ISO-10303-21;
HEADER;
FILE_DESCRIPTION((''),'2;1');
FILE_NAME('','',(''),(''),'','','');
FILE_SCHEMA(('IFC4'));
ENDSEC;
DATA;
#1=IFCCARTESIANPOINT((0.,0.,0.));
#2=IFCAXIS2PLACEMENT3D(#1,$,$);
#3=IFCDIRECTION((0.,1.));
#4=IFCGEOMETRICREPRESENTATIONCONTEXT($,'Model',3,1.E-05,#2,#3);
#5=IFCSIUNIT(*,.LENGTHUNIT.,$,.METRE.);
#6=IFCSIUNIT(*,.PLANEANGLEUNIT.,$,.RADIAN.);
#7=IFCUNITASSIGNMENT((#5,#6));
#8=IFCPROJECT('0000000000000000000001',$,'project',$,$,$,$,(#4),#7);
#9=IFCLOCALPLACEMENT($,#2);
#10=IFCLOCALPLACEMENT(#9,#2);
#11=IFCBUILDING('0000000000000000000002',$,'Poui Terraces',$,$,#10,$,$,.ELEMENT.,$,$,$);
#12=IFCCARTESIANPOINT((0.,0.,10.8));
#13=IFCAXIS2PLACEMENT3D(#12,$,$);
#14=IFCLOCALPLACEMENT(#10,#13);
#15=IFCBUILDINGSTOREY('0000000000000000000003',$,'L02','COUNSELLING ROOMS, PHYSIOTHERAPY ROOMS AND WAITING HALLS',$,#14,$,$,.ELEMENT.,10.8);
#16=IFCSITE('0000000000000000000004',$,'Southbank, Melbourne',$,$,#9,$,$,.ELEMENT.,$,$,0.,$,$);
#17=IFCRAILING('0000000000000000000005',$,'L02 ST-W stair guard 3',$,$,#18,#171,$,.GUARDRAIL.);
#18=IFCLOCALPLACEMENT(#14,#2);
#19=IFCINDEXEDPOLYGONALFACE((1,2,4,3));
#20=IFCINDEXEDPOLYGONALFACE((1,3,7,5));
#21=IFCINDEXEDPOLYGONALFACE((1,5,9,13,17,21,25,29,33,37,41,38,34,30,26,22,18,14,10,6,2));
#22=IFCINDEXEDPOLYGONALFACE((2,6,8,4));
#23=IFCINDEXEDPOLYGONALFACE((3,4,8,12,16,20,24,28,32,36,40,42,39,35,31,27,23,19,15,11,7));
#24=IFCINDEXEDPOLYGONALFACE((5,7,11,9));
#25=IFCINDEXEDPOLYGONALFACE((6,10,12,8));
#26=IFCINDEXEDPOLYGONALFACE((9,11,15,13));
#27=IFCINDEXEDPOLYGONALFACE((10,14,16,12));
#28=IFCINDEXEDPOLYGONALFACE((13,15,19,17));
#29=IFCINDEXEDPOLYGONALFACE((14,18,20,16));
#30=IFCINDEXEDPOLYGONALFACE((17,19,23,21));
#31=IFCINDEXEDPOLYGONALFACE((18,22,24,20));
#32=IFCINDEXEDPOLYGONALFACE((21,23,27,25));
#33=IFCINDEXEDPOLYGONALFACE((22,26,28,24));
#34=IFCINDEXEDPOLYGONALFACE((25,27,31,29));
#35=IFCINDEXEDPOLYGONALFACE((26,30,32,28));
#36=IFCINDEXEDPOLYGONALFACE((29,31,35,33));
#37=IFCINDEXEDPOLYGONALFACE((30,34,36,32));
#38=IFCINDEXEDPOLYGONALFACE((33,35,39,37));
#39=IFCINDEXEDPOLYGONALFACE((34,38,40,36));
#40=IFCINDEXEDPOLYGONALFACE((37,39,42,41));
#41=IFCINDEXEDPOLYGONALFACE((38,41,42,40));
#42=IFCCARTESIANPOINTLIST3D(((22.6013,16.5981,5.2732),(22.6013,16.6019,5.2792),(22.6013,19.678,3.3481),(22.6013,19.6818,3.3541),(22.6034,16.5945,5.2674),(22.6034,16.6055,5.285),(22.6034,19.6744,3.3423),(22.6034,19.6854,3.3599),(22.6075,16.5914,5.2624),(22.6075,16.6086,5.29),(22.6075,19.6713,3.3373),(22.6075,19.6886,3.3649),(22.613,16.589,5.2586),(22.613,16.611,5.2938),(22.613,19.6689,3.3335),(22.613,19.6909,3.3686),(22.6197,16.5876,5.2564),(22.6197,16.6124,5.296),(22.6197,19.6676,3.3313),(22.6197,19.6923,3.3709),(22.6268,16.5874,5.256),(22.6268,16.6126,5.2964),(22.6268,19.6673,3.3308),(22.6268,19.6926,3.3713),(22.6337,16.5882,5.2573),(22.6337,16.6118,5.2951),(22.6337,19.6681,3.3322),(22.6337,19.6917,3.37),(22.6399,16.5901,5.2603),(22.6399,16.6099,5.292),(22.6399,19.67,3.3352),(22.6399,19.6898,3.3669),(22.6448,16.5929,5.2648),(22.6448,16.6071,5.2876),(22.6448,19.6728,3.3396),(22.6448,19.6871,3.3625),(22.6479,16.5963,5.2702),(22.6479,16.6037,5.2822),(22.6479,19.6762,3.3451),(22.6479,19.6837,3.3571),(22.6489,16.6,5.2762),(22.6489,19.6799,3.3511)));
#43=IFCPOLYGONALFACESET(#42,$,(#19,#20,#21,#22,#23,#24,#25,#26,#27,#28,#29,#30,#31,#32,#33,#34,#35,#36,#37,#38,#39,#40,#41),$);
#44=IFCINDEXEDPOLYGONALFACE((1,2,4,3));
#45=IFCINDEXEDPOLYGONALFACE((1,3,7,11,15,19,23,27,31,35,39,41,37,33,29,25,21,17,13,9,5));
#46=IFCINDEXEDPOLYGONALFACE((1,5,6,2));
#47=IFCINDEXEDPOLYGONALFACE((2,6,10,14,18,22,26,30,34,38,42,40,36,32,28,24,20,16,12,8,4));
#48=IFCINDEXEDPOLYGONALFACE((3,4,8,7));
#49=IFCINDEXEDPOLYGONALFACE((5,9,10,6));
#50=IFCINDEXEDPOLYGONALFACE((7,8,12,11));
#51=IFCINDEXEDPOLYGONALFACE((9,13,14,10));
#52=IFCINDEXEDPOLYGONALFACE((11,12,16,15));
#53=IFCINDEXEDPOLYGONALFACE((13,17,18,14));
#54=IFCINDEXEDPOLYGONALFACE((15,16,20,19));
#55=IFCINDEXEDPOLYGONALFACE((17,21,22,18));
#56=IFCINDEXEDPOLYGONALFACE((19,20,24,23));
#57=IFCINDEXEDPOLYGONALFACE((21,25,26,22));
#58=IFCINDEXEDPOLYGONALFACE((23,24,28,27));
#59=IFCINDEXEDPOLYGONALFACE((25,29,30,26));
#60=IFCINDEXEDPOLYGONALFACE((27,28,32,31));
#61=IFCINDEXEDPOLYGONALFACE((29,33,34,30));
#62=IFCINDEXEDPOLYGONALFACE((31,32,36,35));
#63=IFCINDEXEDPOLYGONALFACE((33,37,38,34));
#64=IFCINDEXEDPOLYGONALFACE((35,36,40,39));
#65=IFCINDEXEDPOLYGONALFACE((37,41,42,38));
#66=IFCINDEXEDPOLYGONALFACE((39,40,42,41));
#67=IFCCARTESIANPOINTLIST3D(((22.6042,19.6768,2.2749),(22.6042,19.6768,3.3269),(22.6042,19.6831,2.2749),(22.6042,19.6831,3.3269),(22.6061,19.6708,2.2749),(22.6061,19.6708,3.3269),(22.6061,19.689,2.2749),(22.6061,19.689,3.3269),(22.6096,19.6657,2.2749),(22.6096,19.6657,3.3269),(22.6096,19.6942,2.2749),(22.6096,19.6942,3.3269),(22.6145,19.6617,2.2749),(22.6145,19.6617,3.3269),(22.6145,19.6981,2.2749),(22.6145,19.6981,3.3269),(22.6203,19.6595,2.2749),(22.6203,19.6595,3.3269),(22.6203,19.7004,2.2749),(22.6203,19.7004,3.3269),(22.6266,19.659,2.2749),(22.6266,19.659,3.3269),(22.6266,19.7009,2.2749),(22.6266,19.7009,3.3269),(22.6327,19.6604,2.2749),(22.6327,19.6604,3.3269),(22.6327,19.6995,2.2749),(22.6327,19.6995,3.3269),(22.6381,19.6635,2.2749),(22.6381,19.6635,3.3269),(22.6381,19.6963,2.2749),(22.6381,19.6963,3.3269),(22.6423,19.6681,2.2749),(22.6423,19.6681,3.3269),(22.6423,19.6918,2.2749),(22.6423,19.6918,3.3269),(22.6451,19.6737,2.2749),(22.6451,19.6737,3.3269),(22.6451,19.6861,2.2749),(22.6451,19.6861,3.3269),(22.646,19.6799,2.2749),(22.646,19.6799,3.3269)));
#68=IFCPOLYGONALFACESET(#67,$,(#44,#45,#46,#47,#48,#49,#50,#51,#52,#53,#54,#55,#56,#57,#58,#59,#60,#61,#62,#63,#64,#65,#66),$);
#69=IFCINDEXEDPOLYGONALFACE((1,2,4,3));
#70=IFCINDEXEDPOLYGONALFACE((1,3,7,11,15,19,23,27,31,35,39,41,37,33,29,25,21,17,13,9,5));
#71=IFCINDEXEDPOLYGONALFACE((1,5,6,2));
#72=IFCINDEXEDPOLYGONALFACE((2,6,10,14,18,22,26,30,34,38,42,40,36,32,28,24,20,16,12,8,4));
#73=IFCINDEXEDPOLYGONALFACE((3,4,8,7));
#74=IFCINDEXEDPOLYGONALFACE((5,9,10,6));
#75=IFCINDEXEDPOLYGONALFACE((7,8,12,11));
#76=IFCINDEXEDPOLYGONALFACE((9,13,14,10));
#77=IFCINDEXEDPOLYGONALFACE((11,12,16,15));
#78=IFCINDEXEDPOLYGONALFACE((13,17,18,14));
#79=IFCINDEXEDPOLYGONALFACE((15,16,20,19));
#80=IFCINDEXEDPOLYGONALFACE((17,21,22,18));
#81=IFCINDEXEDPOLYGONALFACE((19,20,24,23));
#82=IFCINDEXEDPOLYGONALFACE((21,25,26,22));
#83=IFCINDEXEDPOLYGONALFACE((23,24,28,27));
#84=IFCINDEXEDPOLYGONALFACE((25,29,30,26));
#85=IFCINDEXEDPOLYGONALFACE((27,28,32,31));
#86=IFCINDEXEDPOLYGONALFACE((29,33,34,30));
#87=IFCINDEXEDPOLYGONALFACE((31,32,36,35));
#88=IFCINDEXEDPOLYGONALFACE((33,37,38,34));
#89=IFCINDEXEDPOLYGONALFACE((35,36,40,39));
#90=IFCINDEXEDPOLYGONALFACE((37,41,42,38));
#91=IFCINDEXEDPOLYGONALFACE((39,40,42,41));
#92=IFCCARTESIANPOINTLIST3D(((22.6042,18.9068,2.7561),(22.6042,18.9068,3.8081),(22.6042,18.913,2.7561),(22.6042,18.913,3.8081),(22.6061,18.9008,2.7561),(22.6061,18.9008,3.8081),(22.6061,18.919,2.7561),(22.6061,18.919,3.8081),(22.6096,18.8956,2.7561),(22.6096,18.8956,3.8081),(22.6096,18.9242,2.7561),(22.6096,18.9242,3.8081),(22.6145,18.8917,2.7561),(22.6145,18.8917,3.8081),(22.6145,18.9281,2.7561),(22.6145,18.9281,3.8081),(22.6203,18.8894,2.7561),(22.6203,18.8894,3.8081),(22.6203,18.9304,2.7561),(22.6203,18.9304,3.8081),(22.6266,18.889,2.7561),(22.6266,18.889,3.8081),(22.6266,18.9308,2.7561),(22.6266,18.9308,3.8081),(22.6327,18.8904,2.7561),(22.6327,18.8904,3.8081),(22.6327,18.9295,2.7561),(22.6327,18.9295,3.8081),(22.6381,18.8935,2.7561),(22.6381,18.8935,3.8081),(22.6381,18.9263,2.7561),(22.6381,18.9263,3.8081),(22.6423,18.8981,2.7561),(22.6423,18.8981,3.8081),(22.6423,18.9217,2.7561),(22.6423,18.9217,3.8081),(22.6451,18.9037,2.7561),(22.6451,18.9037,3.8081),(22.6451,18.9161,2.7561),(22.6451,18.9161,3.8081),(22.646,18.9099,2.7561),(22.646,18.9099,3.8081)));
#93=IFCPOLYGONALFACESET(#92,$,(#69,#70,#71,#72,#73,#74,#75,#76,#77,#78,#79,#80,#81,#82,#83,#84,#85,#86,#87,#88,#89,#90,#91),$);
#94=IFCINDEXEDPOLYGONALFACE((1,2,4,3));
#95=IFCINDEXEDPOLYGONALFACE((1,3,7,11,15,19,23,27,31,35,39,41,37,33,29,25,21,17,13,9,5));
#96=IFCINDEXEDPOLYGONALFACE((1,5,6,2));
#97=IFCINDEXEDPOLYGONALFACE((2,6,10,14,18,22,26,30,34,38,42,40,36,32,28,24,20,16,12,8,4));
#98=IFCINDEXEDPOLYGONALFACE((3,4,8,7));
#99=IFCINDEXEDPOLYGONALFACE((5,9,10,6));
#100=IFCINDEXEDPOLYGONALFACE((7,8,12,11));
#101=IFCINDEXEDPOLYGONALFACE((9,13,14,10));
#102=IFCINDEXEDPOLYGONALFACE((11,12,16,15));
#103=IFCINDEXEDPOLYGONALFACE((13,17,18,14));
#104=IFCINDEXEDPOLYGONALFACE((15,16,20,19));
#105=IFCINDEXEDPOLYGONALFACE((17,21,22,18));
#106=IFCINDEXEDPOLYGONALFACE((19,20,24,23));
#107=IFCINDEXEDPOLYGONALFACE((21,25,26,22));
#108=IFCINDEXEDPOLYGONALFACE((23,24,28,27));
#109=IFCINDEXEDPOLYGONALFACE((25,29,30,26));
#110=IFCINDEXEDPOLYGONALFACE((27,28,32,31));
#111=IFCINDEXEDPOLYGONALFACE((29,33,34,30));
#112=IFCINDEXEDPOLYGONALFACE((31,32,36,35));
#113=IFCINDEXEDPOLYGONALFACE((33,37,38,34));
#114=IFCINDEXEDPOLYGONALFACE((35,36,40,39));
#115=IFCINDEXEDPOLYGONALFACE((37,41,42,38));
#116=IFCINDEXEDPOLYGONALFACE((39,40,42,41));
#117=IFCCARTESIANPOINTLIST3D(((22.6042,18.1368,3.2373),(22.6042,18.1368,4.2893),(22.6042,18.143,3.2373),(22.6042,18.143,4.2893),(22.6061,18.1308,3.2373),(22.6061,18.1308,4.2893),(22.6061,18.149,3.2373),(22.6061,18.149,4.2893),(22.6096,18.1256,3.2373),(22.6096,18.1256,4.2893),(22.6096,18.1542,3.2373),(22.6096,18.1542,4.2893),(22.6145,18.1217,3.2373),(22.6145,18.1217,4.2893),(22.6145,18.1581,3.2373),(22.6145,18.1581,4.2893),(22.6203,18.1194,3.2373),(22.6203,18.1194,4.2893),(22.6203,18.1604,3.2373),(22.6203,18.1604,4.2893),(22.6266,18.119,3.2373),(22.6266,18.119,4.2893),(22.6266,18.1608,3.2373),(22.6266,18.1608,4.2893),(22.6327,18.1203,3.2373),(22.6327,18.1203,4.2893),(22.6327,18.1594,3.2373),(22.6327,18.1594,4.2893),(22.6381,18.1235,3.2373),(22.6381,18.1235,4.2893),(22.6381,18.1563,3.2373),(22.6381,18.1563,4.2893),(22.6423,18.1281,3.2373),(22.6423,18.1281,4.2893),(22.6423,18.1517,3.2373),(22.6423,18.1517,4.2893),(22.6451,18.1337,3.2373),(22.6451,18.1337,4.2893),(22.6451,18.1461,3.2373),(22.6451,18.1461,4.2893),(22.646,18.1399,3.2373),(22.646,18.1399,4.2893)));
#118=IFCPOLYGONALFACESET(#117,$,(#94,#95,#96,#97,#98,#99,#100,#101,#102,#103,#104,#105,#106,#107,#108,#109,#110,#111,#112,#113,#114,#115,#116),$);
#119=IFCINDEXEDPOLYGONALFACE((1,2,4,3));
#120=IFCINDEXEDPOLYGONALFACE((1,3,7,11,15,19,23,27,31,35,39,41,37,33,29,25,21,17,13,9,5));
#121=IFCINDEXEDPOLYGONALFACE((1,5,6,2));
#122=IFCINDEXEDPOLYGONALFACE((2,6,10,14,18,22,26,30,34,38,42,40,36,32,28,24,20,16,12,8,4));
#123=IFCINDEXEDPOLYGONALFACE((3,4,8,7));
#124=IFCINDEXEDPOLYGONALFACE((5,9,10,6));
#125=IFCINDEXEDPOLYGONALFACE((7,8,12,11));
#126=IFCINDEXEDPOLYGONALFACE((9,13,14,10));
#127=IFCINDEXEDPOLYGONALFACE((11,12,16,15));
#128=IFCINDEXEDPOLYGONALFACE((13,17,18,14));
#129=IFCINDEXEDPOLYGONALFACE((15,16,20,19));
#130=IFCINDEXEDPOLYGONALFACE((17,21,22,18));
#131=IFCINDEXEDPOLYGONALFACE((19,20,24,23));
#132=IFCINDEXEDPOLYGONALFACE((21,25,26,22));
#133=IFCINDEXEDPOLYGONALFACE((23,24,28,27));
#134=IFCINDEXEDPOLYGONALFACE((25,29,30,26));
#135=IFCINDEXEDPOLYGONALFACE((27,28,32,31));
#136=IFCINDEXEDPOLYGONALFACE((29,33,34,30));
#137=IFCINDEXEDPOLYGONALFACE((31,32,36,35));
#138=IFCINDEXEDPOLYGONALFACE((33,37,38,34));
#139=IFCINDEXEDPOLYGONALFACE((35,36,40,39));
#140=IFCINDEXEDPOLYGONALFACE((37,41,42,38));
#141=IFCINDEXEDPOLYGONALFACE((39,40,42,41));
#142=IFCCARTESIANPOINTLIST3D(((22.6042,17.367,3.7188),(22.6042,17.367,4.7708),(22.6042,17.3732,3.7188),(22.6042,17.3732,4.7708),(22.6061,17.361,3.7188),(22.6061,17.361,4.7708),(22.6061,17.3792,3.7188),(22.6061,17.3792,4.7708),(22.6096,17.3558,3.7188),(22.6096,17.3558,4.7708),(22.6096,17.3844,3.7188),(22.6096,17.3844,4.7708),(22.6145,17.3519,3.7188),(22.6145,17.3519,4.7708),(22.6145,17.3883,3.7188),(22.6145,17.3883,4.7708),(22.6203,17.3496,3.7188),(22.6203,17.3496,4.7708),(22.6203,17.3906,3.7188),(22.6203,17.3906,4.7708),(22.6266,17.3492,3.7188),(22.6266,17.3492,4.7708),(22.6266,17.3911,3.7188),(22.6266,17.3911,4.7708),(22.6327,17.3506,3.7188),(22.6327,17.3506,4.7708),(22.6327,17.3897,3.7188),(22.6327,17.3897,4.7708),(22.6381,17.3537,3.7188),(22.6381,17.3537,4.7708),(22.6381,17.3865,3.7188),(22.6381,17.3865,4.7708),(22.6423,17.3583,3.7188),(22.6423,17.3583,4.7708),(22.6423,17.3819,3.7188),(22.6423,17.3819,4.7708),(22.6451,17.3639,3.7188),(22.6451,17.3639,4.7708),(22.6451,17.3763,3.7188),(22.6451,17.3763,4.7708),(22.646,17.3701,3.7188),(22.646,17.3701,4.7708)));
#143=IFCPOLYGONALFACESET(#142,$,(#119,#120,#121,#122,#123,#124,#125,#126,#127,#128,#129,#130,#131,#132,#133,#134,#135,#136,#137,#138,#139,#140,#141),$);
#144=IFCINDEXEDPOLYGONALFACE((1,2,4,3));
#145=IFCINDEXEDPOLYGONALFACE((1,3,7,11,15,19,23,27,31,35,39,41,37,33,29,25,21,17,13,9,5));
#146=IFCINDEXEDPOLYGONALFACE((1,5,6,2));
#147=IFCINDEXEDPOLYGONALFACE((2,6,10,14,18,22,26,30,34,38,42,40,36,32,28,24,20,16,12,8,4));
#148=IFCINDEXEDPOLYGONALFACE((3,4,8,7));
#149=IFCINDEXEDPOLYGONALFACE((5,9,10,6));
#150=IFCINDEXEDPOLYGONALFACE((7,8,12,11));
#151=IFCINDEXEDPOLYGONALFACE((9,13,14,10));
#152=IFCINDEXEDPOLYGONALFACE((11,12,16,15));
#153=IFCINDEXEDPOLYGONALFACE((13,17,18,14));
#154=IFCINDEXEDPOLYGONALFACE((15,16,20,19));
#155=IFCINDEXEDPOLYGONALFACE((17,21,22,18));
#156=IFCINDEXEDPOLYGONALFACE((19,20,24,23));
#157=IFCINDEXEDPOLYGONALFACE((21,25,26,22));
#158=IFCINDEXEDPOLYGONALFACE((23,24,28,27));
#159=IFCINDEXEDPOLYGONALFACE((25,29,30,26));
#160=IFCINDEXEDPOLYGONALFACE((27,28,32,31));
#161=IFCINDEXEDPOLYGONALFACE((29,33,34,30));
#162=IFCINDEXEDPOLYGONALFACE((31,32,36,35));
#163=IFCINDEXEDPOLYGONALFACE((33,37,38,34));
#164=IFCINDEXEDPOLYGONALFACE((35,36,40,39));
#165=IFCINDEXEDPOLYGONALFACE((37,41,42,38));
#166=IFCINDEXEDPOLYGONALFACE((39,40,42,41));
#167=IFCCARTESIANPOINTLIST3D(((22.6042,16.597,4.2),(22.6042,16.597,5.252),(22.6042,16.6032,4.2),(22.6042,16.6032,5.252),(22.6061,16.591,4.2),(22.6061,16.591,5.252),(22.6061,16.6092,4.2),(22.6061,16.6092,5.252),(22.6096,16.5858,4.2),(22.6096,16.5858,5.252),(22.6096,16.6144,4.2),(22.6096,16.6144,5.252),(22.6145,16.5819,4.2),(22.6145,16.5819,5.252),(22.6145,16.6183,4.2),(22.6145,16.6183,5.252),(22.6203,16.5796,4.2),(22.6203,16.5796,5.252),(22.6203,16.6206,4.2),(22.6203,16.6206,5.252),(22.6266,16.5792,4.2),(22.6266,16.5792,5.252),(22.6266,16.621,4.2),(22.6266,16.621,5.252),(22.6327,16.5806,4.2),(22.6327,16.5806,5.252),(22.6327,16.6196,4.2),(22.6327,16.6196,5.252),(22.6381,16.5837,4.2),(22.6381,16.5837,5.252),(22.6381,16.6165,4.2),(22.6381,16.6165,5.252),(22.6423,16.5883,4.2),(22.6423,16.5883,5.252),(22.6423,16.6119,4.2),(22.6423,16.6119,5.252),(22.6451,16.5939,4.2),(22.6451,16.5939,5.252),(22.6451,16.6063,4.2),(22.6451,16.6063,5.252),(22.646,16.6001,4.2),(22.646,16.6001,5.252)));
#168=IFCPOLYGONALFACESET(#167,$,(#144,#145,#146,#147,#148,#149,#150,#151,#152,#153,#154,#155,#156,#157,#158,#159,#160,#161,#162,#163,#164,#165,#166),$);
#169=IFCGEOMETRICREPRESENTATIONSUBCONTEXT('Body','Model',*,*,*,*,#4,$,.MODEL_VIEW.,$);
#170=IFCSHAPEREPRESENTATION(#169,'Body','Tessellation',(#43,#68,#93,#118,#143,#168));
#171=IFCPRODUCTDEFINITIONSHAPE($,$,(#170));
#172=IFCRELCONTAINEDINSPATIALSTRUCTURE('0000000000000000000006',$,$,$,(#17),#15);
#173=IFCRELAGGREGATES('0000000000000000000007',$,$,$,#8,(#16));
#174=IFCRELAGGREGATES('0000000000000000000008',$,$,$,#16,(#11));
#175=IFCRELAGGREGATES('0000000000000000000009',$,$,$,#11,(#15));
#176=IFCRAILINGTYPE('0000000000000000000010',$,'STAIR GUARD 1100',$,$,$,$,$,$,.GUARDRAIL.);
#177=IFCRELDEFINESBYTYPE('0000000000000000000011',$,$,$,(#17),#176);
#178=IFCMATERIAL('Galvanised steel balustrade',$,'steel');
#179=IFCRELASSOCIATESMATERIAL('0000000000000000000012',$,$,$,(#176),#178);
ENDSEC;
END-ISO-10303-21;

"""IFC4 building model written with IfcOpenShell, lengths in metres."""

from ifc_helpers import new_model, si_unit, direction, frame, origin, origin_2d, place, context, subcontext, project, spatial, circle, extrude, material, type_object, element, save


model = new_model("IFC4")

# Units and contexts
model_context = context("Model", 3, precision=1e-05, world=origin(), true_north=direction((0.0, 1.0)))
body_context = subcontext(model_context, "Body", "Model", "MODEL_VIEW")
ifc_project = project(units=[si_unit("LENGTHUNIT", "METRE"), si_unit("PLANEANGLEUNIT", "RADIAN")], contexts=[model_context])

# Site, building, storey
site_placement = place(None, origin())
site = spatial("IfcSite", under=ifc_project, at=site_placement, Name="Southbank, Melbourne", CompositionType="ELEMENT", RefElevation=0.0)
building_placement = place(site_placement, origin())
building = spatial("IfcBuilding", under=site, at=building_placement, Name="Poui Terraces", CompositionType="ELEMENT")
storey_placement = place(building_placement, frame((0.0, 0.0, 10.8)))
storey = spatial("IfcBuildingStorey", under=building, at=storey_placement, Name="L02", Description="COUNSELLING ROOMS, PHYSIOTHERAPY ROOMS AND WAITING HALLS", CompositionType="ELEMENT", Elevation=10.8)

# Railing
ifc_material_1 = material(Name="Galvanised steel balustrade", Category="steel")
railing_type = type_object("IfcRailingType", Name="STAIR GUARD 1100", PredefinedType="GUARDRAIL", material=ifc_material_1)
railing_placement = place(storey_placement, frame((22.625, 19.6799, 2.2749)))
element("IfcRailing", 1, at=railing_placement, inside=storey, type_object=railing_type, Name="L02 ST-W stair guard 3", PredefinedType="GUARDRAIL", context=body_context, shape_type="SweptSolid", body=[
    extrude(circle(Radius=0.0239, at=origin_2d()), frame((0.0, 0.0, 1.0762), z_axis=(0.0, -0.847979, 0.530029), x_axis=(1.0, 0.0, 0.0)), (0.0, 0.0, 1.0), 3.6321),
    extrude(circle(Radius=0.021, at=origin_2d()), origin(), (0.0, 0.0, 1.0), 1.052),
    extrude(circle(Radius=0.021, at=origin_2d()), frame((0.0, -0.77, 0.4812)), (0.0, 0.0, 1.0), 1.052),
    extrude(circle(Radius=0.021, at=origin_2d()), frame((0.0, -1.54, 0.9624)), (0.0, 0.0, 1.0), 1.052),
    extrude(circle(Radius=0.021, at=origin_2d()), frame((0.0, -2.3098, 1.4438)), (0.0, 0.0, 1.0), 1.052),
    extrude(circle(Radius=0.021, at=origin_2d()), frame((0.0, -3.0798, 1.925)), (0.0, 0.0, 1.0), 1.052),
])

save(model, "model.ifc")
